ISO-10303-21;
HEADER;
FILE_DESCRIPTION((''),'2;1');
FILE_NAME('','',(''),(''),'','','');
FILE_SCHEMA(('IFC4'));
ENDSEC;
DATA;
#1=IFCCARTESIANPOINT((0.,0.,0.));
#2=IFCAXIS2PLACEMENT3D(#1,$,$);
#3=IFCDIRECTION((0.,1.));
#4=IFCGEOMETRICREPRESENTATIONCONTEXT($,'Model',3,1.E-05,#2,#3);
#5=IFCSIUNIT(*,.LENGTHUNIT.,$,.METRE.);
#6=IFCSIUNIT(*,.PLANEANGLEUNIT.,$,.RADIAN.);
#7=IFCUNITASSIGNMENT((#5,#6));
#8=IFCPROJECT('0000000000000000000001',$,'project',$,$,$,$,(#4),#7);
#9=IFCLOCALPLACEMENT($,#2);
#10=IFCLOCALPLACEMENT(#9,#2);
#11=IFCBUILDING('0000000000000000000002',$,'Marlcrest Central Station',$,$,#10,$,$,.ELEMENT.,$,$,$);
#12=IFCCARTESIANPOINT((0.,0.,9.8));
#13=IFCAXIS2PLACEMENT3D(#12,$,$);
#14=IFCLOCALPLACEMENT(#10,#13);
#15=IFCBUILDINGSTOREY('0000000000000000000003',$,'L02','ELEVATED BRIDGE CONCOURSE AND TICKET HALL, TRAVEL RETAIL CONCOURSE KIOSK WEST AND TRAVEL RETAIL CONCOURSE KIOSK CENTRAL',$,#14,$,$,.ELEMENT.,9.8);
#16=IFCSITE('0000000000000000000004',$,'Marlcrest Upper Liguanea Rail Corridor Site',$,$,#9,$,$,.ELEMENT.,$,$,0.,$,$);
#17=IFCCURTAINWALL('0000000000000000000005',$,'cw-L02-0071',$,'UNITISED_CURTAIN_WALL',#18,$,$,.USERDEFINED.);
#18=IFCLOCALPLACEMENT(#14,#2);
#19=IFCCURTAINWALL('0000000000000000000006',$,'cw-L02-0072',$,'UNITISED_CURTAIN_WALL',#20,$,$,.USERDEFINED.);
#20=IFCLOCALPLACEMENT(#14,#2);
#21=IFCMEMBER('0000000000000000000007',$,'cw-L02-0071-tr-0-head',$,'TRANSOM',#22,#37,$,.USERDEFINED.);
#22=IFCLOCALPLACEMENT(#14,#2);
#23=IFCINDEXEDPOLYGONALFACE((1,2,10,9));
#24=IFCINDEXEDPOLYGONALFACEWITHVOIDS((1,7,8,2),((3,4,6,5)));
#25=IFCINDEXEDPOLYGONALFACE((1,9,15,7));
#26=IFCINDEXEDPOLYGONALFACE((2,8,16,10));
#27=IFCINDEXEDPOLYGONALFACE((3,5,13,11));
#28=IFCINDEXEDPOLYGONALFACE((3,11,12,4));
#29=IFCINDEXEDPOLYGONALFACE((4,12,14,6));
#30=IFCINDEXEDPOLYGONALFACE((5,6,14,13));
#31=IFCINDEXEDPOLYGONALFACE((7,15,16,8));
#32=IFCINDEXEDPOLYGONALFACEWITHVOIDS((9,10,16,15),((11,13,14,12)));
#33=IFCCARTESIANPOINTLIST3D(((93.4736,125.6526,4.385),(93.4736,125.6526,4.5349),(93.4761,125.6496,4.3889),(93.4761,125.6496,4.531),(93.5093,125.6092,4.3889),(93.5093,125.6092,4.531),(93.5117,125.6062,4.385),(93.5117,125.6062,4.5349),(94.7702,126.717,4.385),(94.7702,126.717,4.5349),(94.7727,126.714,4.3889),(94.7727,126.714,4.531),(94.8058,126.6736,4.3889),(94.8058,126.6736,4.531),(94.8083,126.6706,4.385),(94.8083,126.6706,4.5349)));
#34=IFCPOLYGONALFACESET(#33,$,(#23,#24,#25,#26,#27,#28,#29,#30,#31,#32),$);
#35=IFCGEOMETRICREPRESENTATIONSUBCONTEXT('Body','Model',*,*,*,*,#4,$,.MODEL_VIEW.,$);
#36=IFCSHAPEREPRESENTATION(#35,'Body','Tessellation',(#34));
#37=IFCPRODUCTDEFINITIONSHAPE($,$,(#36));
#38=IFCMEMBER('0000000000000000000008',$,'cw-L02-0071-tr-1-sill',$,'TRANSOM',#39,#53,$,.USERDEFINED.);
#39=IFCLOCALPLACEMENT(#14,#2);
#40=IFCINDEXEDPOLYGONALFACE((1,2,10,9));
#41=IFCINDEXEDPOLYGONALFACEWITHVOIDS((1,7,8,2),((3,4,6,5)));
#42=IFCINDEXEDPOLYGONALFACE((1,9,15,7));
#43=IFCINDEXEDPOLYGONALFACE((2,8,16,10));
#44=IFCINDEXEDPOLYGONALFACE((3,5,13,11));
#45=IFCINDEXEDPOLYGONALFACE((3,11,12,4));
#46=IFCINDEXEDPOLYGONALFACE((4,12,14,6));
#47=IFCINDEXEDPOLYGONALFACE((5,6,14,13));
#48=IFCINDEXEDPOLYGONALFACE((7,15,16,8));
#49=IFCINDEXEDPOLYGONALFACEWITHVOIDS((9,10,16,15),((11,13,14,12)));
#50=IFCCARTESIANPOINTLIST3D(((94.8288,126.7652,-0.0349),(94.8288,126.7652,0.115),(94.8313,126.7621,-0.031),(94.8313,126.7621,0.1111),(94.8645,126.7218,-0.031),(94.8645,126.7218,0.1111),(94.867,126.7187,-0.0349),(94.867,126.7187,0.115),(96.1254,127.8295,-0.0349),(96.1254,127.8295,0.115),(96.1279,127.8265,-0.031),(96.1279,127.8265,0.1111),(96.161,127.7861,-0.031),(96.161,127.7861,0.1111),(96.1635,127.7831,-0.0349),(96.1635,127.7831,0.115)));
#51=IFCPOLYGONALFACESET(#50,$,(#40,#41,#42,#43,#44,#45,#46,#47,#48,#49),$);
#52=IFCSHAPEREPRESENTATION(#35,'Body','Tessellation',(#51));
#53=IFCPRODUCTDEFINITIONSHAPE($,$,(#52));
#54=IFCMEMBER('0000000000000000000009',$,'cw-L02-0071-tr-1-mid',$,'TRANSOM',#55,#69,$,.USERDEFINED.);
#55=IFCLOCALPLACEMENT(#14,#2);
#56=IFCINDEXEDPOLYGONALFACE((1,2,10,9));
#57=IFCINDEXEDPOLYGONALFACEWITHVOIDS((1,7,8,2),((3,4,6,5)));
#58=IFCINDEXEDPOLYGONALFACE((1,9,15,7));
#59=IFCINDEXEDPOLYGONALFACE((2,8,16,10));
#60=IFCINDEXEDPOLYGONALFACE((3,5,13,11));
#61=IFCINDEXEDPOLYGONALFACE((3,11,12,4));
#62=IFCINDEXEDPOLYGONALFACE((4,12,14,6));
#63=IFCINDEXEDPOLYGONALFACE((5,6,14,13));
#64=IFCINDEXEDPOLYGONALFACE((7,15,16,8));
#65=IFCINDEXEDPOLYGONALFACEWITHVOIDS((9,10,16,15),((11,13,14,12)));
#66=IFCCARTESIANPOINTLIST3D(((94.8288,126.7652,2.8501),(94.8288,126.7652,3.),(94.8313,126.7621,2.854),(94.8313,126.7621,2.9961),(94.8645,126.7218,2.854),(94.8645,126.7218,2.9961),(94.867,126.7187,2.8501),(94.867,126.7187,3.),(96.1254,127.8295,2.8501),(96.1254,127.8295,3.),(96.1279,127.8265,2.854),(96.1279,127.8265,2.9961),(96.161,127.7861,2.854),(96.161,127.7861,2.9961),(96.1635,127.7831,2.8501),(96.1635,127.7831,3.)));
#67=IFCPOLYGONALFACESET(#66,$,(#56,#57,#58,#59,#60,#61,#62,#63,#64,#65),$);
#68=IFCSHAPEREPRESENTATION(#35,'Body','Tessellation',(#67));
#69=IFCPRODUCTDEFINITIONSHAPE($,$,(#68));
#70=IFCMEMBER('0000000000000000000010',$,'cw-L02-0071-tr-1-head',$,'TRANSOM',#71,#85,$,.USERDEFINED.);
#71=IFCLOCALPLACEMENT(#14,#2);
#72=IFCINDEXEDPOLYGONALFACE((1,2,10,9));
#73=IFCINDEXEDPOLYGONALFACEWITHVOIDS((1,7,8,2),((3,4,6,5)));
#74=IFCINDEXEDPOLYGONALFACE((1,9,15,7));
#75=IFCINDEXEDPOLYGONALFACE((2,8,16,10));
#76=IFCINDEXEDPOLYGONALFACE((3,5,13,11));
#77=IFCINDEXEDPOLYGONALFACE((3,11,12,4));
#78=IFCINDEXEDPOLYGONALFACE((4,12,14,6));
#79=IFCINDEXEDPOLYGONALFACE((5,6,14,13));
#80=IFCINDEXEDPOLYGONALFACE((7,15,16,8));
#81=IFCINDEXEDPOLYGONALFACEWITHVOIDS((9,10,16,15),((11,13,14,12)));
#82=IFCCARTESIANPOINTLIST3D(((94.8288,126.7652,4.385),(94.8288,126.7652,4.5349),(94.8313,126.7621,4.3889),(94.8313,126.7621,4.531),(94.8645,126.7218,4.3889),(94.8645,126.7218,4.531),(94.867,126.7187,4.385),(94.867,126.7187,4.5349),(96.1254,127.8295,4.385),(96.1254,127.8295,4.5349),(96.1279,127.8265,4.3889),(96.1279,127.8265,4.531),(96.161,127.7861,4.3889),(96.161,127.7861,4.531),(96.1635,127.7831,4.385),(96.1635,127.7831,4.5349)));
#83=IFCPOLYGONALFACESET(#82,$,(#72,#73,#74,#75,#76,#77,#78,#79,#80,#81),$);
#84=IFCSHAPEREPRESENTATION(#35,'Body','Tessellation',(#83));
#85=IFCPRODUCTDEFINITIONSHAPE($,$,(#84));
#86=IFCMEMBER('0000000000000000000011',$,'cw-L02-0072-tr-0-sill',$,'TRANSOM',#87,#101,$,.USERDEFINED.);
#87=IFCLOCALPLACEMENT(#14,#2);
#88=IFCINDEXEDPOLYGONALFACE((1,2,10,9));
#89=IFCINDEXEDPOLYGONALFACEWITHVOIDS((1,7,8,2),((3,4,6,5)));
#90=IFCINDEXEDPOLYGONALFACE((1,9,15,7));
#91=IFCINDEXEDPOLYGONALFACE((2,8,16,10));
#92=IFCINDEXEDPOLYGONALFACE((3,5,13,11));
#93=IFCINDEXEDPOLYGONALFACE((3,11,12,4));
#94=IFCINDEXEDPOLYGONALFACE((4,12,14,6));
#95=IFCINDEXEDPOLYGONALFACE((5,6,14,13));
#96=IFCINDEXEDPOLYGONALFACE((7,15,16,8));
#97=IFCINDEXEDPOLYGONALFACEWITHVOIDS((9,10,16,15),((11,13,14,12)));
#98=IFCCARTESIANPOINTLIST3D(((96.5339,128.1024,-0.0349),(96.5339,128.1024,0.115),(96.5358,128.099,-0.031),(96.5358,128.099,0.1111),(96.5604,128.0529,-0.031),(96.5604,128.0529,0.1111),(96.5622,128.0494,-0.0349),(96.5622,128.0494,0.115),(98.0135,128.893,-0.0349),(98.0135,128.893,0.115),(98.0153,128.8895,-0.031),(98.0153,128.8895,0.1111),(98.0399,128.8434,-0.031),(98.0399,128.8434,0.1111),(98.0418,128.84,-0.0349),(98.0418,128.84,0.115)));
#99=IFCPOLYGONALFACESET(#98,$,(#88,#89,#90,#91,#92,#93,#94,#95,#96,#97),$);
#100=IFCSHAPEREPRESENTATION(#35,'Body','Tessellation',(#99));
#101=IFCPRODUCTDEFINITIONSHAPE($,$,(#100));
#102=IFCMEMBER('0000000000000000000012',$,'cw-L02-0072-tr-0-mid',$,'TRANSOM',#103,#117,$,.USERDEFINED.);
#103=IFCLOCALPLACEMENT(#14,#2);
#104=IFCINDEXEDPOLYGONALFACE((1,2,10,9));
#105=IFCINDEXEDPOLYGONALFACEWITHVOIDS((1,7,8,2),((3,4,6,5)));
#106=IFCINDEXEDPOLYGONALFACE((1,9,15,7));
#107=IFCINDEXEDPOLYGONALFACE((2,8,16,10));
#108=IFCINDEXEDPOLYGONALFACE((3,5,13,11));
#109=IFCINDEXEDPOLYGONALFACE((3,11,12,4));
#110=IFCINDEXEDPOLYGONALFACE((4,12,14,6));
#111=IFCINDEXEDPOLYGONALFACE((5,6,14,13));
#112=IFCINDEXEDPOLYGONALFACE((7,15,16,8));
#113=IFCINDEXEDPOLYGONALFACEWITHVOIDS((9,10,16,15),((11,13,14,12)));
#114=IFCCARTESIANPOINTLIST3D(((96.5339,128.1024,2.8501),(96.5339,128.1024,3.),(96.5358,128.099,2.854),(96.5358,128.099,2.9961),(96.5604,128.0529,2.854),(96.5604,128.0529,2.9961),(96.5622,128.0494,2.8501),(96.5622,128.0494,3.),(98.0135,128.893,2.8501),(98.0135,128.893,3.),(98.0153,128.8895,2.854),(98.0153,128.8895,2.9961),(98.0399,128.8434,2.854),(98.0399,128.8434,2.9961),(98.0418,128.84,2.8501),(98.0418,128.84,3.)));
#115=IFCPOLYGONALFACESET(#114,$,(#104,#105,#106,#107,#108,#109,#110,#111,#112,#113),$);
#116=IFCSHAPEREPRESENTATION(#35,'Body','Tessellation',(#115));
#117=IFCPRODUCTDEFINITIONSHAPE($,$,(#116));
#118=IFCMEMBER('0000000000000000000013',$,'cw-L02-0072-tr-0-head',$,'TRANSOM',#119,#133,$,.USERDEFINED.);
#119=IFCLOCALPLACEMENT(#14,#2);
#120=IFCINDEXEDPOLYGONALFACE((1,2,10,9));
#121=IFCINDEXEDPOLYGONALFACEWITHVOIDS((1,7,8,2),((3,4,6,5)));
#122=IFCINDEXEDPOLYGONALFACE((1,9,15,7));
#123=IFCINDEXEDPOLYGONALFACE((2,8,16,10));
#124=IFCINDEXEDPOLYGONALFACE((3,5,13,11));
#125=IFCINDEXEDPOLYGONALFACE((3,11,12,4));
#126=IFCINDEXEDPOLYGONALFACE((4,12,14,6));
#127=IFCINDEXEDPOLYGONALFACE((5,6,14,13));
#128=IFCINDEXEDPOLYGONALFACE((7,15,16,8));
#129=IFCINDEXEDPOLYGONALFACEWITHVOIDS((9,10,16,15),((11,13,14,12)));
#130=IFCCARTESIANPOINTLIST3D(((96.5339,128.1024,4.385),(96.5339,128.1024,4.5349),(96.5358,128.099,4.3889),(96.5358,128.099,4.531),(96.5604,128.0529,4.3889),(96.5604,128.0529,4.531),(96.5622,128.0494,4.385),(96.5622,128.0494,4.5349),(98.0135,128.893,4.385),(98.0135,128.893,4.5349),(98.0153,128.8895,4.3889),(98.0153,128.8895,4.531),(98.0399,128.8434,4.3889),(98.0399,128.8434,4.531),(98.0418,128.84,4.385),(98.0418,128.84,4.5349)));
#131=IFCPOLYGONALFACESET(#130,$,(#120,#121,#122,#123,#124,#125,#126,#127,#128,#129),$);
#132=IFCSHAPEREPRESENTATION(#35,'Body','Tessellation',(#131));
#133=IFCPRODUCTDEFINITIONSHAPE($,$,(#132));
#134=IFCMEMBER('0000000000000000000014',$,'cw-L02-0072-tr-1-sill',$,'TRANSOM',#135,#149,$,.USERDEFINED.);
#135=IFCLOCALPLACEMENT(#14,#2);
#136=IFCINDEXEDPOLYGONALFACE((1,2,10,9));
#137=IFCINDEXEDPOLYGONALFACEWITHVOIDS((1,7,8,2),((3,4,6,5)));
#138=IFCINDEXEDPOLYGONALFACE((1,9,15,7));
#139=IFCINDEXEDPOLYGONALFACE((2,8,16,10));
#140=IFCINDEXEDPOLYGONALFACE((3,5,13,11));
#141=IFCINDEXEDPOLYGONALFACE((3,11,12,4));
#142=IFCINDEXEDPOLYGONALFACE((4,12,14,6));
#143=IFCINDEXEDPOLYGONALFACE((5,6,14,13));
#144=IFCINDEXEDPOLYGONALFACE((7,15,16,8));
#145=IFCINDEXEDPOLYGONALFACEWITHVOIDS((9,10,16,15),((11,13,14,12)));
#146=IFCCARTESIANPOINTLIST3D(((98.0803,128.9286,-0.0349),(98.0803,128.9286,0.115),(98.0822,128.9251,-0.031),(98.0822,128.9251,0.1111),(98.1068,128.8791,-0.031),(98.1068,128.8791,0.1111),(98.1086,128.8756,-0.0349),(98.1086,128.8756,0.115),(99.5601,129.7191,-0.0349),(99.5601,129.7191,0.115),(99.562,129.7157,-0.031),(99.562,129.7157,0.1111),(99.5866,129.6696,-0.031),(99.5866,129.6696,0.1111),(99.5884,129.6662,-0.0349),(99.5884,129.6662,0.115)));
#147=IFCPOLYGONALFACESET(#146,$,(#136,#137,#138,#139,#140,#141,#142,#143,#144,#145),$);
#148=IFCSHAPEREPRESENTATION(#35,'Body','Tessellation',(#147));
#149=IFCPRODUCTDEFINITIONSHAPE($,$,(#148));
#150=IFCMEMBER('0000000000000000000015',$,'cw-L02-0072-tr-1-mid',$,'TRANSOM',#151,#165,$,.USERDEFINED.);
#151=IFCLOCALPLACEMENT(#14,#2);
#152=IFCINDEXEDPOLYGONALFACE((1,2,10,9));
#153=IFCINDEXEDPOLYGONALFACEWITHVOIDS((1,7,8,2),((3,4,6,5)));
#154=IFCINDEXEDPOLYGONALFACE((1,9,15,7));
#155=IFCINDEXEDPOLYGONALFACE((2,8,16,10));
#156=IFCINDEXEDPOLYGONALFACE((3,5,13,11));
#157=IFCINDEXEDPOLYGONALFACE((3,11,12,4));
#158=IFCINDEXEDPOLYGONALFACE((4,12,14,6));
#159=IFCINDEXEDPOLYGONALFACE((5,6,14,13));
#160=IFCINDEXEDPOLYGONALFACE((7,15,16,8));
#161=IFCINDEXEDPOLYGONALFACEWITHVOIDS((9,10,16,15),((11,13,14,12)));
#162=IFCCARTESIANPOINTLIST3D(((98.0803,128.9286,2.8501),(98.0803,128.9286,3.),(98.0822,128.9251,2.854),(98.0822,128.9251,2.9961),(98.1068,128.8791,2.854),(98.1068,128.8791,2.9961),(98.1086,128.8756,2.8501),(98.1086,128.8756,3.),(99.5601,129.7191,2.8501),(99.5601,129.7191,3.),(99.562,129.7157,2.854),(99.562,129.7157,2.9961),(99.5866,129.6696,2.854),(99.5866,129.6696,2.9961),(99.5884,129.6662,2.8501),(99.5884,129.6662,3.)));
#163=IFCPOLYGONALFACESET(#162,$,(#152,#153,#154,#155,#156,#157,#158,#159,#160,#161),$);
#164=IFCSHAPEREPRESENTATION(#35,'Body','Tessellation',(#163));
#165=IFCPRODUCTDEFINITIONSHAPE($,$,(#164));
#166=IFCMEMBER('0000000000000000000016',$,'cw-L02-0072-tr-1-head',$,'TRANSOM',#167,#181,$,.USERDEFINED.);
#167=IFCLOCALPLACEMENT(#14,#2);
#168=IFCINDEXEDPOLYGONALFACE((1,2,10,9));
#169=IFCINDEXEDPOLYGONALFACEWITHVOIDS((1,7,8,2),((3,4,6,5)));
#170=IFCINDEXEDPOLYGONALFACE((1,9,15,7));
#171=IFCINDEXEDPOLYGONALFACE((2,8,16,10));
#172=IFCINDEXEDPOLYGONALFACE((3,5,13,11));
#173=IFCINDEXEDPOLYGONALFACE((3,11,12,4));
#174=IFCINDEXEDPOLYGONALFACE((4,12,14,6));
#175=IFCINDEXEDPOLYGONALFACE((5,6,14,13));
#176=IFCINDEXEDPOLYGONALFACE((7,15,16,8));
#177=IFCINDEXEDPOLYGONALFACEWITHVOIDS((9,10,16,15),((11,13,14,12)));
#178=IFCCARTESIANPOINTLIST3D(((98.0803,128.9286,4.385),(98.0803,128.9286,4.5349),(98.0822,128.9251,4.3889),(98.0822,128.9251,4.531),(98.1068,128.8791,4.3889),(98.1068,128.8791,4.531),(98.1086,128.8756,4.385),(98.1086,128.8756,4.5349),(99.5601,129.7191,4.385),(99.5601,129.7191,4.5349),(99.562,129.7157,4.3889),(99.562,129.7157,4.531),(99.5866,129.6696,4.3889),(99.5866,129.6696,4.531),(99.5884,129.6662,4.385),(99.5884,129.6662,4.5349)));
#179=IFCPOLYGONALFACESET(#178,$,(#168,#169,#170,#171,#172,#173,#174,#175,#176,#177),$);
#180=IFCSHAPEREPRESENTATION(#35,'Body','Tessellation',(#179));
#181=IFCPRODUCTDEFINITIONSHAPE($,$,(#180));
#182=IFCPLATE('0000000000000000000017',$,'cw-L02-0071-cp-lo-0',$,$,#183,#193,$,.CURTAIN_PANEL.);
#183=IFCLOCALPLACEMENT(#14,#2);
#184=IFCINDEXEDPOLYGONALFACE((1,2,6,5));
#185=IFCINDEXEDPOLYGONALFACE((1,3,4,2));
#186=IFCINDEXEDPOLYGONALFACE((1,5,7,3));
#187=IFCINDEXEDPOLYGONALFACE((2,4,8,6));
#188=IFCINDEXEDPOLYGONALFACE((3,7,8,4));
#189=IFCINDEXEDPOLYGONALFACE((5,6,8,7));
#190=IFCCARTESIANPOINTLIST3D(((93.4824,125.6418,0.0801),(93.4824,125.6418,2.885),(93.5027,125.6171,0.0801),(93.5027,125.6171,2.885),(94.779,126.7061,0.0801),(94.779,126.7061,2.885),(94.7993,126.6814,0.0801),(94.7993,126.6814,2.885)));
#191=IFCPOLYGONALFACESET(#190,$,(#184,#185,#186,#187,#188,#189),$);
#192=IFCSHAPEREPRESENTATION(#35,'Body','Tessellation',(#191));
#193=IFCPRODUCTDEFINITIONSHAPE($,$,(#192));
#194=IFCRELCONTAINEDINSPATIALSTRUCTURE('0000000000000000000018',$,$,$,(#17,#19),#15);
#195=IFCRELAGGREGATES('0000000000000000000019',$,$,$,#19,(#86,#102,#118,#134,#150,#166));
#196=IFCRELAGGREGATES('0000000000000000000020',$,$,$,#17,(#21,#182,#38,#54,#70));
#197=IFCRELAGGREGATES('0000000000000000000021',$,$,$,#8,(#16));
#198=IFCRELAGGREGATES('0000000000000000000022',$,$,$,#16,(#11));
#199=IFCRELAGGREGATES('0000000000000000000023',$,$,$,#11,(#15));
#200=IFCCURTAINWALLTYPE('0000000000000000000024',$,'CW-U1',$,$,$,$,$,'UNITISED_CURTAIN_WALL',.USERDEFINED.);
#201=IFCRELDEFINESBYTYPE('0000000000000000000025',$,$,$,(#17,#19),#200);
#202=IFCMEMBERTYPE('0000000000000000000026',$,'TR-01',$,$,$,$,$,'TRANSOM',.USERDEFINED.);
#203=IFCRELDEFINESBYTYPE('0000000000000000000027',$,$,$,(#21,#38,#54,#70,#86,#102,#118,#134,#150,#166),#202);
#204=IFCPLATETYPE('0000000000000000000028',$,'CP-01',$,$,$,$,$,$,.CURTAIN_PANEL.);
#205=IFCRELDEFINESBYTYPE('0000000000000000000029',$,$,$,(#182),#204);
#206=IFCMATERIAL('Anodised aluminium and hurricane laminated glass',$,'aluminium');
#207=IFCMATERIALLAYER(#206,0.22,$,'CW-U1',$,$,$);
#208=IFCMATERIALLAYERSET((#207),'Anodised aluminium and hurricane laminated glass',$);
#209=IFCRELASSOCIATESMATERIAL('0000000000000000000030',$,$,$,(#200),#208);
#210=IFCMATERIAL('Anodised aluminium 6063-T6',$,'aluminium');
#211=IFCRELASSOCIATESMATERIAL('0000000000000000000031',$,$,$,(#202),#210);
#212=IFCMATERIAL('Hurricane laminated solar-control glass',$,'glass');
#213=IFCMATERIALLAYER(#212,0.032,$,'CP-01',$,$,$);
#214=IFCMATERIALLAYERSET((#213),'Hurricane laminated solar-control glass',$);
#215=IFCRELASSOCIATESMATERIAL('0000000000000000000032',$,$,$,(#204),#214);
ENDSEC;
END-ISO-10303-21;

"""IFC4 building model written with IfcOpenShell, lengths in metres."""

from ifc_helpers import new_model, si_unit, direction, frame, origin, origin_2d, place, context, subcontext, project, spatial, rectangle, hollow_rectangle, extrude, material, layer, layer_set, material_profile, profile_set, type_object, element, aggregate, save


model = new_model("IFC4")

# Units and contexts
model_context = context("Model", 3, precision=1e-05, world=origin(), true_north=direction((0.0, 1.0)))
body_context = subcontext(model_context, "Body", "Model", "MODEL_VIEW")
ifc_project = project(units=[si_unit("LENGTHUNIT", "METRE"), si_unit("PLANEANGLEUNIT", "RADIAN")], contexts=[model_context])

# Site, building, storey
site_placement = place(None, origin())
site = spatial("IfcSite", under=ifc_project, at=site_placement, Name="Marlcrest Upper Liguanea Rail Corridor Site", CompositionType="ELEMENT", RefElevation=0.0)
building_placement = place(site_placement, origin())
building = spatial("IfcBuilding", under=site, at=building_placement, Name="Marlcrest Central Station", CompositionType="ELEMENT")
storey_placement = place(building_placement, frame((0.0, 0.0, 9.8)))
storey = spatial("IfcBuildingStorey", under=building, at=storey_placement, Name="L02", Description="ELEVATED BRIDGE CONCOURSE AND TICKET HALL, TRAVEL RETAIL CONCOURSE KIOSK WEST AND TRAVEL RETAIL CONCOURSE KIOSK CENTRAL", CompositionType="ELEMENT", Elevation=9.8)

# Curtain walls
ifc_material_1 = material(Name="Anodised aluminium and hurricane laminated glass", Category="aluminium")
ifc_layer_1 = layer(ifc_material_1, 0.22, Name="CW-U1")
ifc_layer_set_1 = layer_set([ifc_layer_1], Name="Anodised aluminium and hurricane laminated glass")
curtain_wall_type = type_object("IfcCurtainWallType", Name="CW-U1", ElementType="UNITISED_CURTAIN_WALL", PredefinedType="USERDEFINED", material=ifc_layer_set_1)
curtain_wall_1_placement = place(storey_placement, origin())
curtain_wall_1 = element("IfcCurtainWall", 1, at=curtain_wall_1_placement, inside=storey, type_object=curtain_wall_type, Name="cw-L02-0071", ObjectType="UNITISED_CURTAIN_WALL", PredefinedType="USERDEFINED")
ifc_material_2 = material(Name="Anodised aluminium 6063-T6", Category="aluminium")
curtain_wall_2_placement = place(storey_placement, origin())
curtain_wall_2 = element("IfcCurtainWall", 2, at=curtain_wall_2_placement, inside=storey, type_object=curtain_wall_type, Name="cw-L02-0072", ObjectType="UNITISED_CURTAIN_WALL", PredefinedType="USERDEFINED")

# Members
ifc_material_profile_1 = material_profile(ifc_material_2, hollow_rectangle(XDim=0.0601, YDim=0.1499, WallThickness=0.0039, at=origin_2d()), Name="AA-RHS 150x60x4")
ifc_profile_set_1 = profile_set([ifc_material_profile_1], Name="Anodised aluminium 6063-T6")
member_type_1 = type_object("IfcMemberType", Name="TR-01", ElementType="TRANSOM", PredefinedType="USERDEFINED", material=ifc_profile_set_1)
member_1_placement = place(storey_placement, frame((93.4927, 125.6294, 4.46), z_axis=(0.772912, 0.634513, 0.0), x_axis=(-0.634513, 0.772912, 0.0)))
member_1 = element("IfcMember", 3, at=member_1_placement, type_object=member_type_1, Name="cw-L02-0071-tr-0-head", ObjectType="TRANSOM", PredefinedType="USERDEFINED", context=body_context, shape_type="SweptSolid", body=[
    extrude(hollow_rectangle(XDim=0.0601, YDim=0.1499, WallThickness=0.0039, at=origin_2d()), origin(), (0.0, 0.0, 1.0), 1.6775),
])
member_2_placement = place(storey_placement, frame((94.8479, 126.7419, 0.04), z_axis=(0.772912, 0.634513, 0.0), x_axis=(-0.634513, 0.772912, 0.0)))
member_2 = element("IfcMember", 4, at=member_2_placement, type_object=member_type_1, Name="cw-L02-0071-tr-1-sill", ObjectType="TRANSOM", PredefinedType="USERDEFINED", context=body_context, shape_type="SweptSolid", body=[
    extrude(hollow_rectangle(XDim=0.0601, YDim=0.1499, WallThickness=0.0039, at=origin_2d()), origin(), (0.0, 0.0, 1.0), 1.6775),
])
member_3_placement = place(storey_placement, frame((94.8479, 126.7419, 2.925), z_axis=(0.772912, 0.634513, 0.0), x_axis=(-0.634513, 0.772912, 0.0)))
member_3 = element("IfcMember", 5, at=member_3_placement, type_object=member_type_1, Name="cw-L02-0071-tr-1-mid", ObjectType="TRANSOM", PredefinedType="USERDEFINED", context=body_context, shape_type="SweptSolid", body=[
    extrude(hollow_rectangle(XDim=0.0601, YDim=0.1499, WallThickness=0.0039, at=origin_2d()), origin(), (0.0, 0.0, 1.0), 1.6775),
])
member_4_placement = place(storey_placement, frame((94.8479, 126.7419, 4.46), z_axis=(0.772912, 0.634513, 0.0), x_axis=(-0.634513, 0.772912, 0.0)))
member_4 = element("IfcMember", 6, at=member_4_placement, type_object=member_type_1, Name="cw-L02-0071-tr-1-head", ObjectType="TRANSOM", PredefinedType="USERDEFINED", context=body_context, shape_type="SweptSolid", body=[
    extrude(hollow_rectangle(XDim=0.0601, YDim=0.1499, WallThickness=0.0039, at=origin_2d()), origin(), (0.0, 0.0, 1.0), 1.6775),
])
member_5_placement = place(storey_placement, frame((96.5481, 128.0759, 0.04), z_axis=(0.88199, 0.471268, 0.0), x_axis=(-0.471268, 0.88199, 0.0)))
member_5 = element("IfcMember", 7, at=member_5_placement, type_object=member_type_1, Name="cw-L02-0072-tr-0-sill", ObjectType="TRANSOM", PredefinedType="USERDEFINED", context=body_context, shape_type="SweptSolid", body=[
    extrude(hollow_rectangle(XDim=0.0601, YDim=0.1499, WallThickness=0.0039, at=origin_2d()), origin(), (0.0, 0.0, 1.0), 1.6775),
])
member_6_placement = place(storey_placement, frame((96.5481, 128.0759, 2.925), z_axis=(0.88199, 0.471268, 0.0), x_axis=(-0.471268, 0.88199, 0.0)))
member_6 = element("IfcMember", 8, at=member_6_placement, type_object=member_type_1, Name="cw-L02-0072-tr-0-mid", ObjectType="TRANSOM", PredefinedType="USERDEFINED", context=body_context, shape_type="SweptSolid", body=[
    extrude(hollow_rectangle(XDim=0.0601, YDim=0.1499, WallThickness=0.0039, at=origin_2d()), origin(), (0.0, 0.0, 1.0), 1.6775),
])
member_7_placement = place(storey_placement, frame((96.5481, 128.0759, 4.46), z_axis=(0.88199, 0.471268, 0.0), x_axis=(-0.471268, 0.88199, 0.0)))
member_7 = element("IfcMember", 9, at=member_7_placement, type_object=member_type_1, Name="cw-L02-0072-tr-0-head", ObjectType="TRANSOM", PredefinedType="USERDEFINED", context=body_context, shape_type="SweptSolid", body=[
    extrude(hollow_rectangle(XDim=0.0601, YDim=0.1499, WallThickness=0.0039, at=origin_2d()), origin(), (0.0, 0.0, 1.0), 1.6775),
])
member_8_placement = place(storey_placement, frame((98.0945, 128.9021, 0.04), z_axis=(0.882022, 0.471207, 0.0), x_axis=(-0.471207, 0.882022, 0.0)))
member_8 = element("IfcMember", 10, at=member_8_placement, type_object=member_type_1, Name="cw-L02-0072-tr-1-sill", ObjectType="TRANSOM", PredefinedType="USERDEFINED", context=body_context, shape_type="SweptSolid", body=[
    extrude(hollow_rectangle(XDim=0.0601, YDim=0.1499, WallThickness=0.0039, at=origin_2d()), origin(), (0.0, 0.0, 1.0), 1.6777),
])
member_9_placement = place(storey_placement, frame((98.0945, 128.9021, 2.925), z_axis=(0.882022, 0.471207, 0.0), x_axis=(-0.471207, 0.882022, 0.0)))
member_9 = element("IfcMember", 11, at=member_9_placement, type_object=member_type_1, Name="cw-L02-0072-tr-1-mid", ObjectType="TRANSOM", PredefinedType="USERDEFINED", context=body_context, shape_type="SweptSolid", body=[
    extrude(hollow_rectangle(XDim=0.0601, YDim=0.1499, WallThickness=0.0039, at=origin_2d()), origin(), (0.0, 0.0, 1.0), 1.6777),
])
member_10_placement = place(storey_placement, frame((98.0945, 128.9021, 4.46), z_axis=(0.882022, 0.471207, 0.0), x_axis=(-0.471207, 0.882022, 0.0)))
member_10 = element("IfcMember", 12, at=member_10_placement, type_object=member_type_1, Name="cw-L02-0072-tr-1-head", ObjectType="TRANSOM", PredefinedType="USERDEFINED", context=body_context, shape_type="SweptSolid", body=[
    extrude(hollow_rectangle(XDim=0.0601, YDim=0.1499, WallThickness=0.0039, at=origin_2d()), origin(), (0.0, 0.0, 1.0), 1.6777),
])

# Plate
ifc_material_3 = material(Name="Hurricane laminated solar-control glass", Category="glass")
ifc_layer_2 = layer(ifc_material_3, 0.032, Name="CP-01")
ifc_layer_set_2 = layer_set([ifc_layer_2], Name="Hurricane laminated solar-control glass")
plate_type_1 = type_object("IfcPlateType", Name="CP-01", PredefinedType="CURTAIN_PANEL", material=ifc_layer_set_2)
plate_1_placement = place(storey_placement, frame((94.1409, 126.1616, 0.0801), z_axis=(0.0, 0.0, 1.0), x_axis=(0.772944, 0.634474, 0.0)))
plate_1 = element("IfcPlate", 13, at=plate_1_placement, type_object=plate_type_1, Name="cw-L02-0071-cp-lo-0", PredefinedType="CURTAIN_PANEL", context=body_context, shape_type="SweptSolid", body=[
    extrude(rectangle(XDim=1.6775, YDim=0.032, at=origin_2d()), origin(), (0.0, 0.0, 1.0), 2.8049),
])
aggregate(curtain_wall_2, [member_5, member_6, member_7, member_8, member_9, member_10])
aggregate(curtain_wall_1, [member_1, plate_1, member_2, member_3, member_4])

save(model, "model.ifc")
